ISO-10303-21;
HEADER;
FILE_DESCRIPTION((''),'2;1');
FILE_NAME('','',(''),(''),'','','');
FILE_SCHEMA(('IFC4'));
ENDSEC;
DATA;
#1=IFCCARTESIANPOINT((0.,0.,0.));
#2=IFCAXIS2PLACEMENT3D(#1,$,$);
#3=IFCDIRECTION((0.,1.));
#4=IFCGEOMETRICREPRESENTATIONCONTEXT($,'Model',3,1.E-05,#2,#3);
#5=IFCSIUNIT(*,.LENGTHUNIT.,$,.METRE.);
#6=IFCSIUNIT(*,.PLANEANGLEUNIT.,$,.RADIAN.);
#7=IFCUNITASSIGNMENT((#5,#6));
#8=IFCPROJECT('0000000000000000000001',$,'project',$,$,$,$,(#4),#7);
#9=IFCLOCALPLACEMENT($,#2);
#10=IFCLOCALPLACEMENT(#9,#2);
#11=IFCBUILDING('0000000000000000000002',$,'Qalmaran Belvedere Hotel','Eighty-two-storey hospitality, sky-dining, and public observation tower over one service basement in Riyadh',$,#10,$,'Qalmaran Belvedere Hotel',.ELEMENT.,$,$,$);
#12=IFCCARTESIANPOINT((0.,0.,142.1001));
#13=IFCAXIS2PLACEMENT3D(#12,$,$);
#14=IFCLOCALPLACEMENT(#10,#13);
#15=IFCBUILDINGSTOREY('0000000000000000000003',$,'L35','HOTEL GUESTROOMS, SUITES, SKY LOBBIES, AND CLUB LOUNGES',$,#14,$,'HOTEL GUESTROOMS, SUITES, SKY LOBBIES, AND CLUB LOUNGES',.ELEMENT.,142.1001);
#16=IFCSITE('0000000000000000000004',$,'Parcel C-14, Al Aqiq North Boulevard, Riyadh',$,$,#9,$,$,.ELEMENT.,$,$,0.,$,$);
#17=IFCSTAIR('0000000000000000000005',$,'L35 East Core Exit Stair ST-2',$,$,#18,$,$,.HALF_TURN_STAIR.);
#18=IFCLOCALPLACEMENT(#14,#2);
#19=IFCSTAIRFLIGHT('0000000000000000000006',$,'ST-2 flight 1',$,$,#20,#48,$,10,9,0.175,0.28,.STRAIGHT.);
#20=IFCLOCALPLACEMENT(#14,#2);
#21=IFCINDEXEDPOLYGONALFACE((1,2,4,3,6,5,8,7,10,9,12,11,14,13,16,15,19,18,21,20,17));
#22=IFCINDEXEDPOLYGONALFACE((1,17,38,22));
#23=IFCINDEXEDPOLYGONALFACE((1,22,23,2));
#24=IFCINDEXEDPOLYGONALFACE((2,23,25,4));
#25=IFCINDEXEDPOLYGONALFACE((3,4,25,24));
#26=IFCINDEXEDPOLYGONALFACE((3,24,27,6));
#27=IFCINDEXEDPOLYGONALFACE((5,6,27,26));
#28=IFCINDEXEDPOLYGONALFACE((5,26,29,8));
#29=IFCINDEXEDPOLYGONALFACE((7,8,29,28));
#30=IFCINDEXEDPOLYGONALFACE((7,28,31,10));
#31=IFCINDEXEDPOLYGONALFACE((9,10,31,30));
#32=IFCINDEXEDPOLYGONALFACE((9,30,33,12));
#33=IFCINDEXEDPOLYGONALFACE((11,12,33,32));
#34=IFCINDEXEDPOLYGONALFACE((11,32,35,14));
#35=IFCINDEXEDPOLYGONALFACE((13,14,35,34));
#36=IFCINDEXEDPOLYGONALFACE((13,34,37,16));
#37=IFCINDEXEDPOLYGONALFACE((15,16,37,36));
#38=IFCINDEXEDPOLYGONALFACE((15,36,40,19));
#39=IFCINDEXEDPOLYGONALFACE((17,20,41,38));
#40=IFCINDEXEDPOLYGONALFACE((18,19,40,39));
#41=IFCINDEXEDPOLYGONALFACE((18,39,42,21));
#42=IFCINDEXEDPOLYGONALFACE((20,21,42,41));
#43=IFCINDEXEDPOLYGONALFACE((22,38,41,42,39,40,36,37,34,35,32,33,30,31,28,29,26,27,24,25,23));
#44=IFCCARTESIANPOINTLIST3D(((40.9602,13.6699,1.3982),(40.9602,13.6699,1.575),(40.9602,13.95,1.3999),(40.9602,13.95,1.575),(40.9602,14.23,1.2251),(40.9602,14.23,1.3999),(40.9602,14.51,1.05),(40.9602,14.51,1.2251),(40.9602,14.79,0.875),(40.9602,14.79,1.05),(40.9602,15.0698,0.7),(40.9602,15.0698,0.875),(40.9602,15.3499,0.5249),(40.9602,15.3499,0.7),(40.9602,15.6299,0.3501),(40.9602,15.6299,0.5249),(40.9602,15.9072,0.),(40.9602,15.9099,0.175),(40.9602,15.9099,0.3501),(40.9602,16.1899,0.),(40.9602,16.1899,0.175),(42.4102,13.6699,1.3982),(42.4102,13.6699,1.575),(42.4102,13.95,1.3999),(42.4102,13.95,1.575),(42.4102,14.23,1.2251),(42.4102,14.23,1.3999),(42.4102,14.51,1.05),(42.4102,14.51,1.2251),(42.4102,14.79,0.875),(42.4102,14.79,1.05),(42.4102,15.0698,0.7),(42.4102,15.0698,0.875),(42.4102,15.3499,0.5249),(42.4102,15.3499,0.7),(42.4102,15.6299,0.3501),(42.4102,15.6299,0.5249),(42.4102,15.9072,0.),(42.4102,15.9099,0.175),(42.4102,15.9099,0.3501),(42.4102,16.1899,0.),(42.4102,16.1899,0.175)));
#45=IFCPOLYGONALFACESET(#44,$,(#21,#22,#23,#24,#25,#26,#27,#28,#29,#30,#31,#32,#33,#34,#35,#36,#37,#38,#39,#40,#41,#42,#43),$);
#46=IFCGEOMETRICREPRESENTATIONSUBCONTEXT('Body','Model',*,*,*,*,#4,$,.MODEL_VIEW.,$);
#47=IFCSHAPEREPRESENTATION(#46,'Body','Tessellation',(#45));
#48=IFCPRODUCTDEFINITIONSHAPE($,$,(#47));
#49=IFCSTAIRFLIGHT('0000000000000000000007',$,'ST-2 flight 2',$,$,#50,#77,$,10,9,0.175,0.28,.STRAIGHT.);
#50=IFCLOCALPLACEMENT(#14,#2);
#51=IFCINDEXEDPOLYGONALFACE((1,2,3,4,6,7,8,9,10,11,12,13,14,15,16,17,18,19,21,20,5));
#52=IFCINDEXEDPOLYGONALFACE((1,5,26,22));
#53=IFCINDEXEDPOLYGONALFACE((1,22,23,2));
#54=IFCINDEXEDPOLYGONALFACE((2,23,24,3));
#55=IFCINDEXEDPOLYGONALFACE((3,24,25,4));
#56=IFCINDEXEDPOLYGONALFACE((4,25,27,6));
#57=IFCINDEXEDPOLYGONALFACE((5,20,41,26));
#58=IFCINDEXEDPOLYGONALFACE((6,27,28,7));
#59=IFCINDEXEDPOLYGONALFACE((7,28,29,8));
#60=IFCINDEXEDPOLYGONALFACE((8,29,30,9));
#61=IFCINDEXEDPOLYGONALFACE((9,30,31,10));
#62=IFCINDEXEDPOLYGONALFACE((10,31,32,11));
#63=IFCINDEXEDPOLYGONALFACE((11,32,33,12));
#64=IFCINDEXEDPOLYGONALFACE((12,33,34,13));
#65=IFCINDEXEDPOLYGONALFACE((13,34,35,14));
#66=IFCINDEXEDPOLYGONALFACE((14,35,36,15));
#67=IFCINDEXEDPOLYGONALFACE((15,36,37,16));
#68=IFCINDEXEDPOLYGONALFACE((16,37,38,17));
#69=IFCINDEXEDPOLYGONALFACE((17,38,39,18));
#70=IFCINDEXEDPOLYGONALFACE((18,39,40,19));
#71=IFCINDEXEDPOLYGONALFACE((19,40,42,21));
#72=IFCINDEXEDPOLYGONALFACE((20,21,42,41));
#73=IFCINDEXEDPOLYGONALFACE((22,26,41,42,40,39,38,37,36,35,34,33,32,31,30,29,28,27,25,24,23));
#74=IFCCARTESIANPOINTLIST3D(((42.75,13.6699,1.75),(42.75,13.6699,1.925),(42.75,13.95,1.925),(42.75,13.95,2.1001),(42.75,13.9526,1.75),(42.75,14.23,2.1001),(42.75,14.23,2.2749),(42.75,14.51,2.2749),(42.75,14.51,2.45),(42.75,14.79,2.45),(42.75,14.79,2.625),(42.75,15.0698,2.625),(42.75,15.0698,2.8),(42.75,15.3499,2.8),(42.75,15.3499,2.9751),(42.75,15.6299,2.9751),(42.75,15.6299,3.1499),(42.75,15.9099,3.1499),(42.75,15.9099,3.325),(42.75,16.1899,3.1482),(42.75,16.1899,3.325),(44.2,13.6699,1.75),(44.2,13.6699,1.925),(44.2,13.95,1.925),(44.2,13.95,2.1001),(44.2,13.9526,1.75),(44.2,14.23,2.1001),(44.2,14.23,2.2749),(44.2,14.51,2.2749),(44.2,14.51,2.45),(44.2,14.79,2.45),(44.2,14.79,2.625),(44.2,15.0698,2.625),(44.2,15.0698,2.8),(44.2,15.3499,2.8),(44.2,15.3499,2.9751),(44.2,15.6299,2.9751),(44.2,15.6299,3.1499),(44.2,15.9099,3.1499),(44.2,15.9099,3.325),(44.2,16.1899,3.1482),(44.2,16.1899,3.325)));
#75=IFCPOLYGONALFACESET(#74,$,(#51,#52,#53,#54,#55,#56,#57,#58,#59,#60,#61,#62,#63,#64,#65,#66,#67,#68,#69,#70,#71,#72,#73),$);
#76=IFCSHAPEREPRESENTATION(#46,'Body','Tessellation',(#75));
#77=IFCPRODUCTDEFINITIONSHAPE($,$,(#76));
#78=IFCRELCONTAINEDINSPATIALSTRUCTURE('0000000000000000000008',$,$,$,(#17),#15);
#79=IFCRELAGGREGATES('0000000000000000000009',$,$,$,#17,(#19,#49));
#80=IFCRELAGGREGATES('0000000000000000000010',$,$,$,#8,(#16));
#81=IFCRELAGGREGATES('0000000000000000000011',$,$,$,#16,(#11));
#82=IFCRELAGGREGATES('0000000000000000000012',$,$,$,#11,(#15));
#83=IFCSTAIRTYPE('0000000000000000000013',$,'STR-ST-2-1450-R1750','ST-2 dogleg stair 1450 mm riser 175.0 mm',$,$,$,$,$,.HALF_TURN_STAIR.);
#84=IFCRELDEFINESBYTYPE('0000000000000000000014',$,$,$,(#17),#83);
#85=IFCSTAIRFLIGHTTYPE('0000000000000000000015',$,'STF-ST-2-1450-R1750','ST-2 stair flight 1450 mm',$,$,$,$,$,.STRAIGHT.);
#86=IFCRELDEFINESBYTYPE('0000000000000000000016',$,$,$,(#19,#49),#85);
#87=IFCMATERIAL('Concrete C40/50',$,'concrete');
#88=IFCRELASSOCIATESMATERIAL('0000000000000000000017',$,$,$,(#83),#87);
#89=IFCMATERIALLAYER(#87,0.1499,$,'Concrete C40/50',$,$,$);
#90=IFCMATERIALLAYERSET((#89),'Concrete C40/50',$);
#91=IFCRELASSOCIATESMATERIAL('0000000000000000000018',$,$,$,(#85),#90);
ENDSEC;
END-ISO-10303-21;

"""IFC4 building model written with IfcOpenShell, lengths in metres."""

from ifc_helpers import new_model, si_unit, direction, frame, origin, place, context, subcontext, project, spatial, polyline, outline, extrude, material, layer, layer_set, type_object, element, aggregate, save


model = new_model("IFC4")

# Units and contexts
model_context = context("Model", 3, precision=1e-05, world=origin(), true_north=direction((0.0, 1.0)))
body_context = subcontext(model_context, "Body", "Model", "MODEL_VIEW")
ifc_project = project(units=[si_unit("LENGTHUNIT", "METRE"), si_unit("PLANEANGLEUNIT", "RADIAN")], contexts=[model_context])

# Site, building, storey
site_placement = place(None, origin())
site = spatial("IfcSite", under=ifc_project, at=site_placement, Name="Parcel C-14, Al Aqiq North Boulevard, Riyadh", CompositionType="ELEMENT", RefElevation=0.0)
building_placement = place(site_placement, origin())
building = spatial("IfcBuilding", under=site, at=building_placement, Name="Qalmaran Belvedere Hotel", Description="Eighty-two-storey hospitality, sky-dining, and public observation tower over one service basement in Riyadh", LongName="Qalmaran Belvedere Hotel", CompositionType="ELEMENT")
storey_placement = place(building_placement, frame((0.0, 0.0, 142.1001)))
storey = spatial("IfcBuildingStorey", under=building, at=storey_placement, Name="L35", Description="HOTEL GUESTROOMS, SUITES, SKY LOBBIES, AND CLUB LOUNGES", LongName="HOTEL GUESTROOMS, SUITES, SKY LOBBIES, AND CLUB LOUNGES", CompositionType="ELEMENT", Elevation=142.1001)

# Stair, stair flights
ifc_material_1 = material(Name="Concrete C40/50", Category="concrete")
stair_type = type_object("IfcStairType", Name="STR-ST-2-1450-R1750", Description="ST-2 dogleg stair 1450 mm riser 175.0 mm", PredefinedType="HALF_TURN_STAIR", material=ifc_material_1)
stair_placement = place(storey_placement, origin())
stair = element("IfcStair", 1, at=stair_placement, inside=storey, type_object=stair_type, Name="L35 East Core Exit Stair ST-2", PredefinedType="HALF_TURN_STAIR")
ifc_layer_1 = layer(ifc_material_1, 0.1499, Name="Concrete C40/50")
ifc_layer_set_1 = layer_set([ifc_layer_1], Name="Concrete C40/50")
stair_flight_type = type_object("IfcStairFlightType", Name="STF-ST-2-1450-R1750", Description="ST-2 stair flight 1450 mm", PredefinedType="STRAIGHT", material=ifc_layer_set_1)
stair_flight_1_placement = place(storey_placement, frame((41.6851, 16.1899, 0.0), z_axis=(0.0, 0.0, 1.0), x_axis=(0.0, -1.0, 0.0)))
stair_flight_1 = element("IfcStairFlight", 2, at=stair_flight_1_placement, type_object=stair_flight_type, Name="ST-2 flight 1", NumberOfRisers=10, NumberOfTreads=9, PredefinedType="STRAIGHT", RiserHeight=0.175, TreadLength=0.28, context=body_context, shape_type="SweptSolid", body=[
    extrude(outline(polyline([(0.0, 0.0), (0.0, 0.175), (0.28, 0.175), (0.28, 0.3501), (0.5601, 0.3501), (0.5601, 0.5249), (0.8401, 0.5249), (0.8401, 0.7), (1.1201, 0.7), (1.1201, 0.875), (1.3999, 0.875), (1.3999, 1.05), (1.6799, 1.05), (1.6799, 1.2251), (1.96, 1.2251), (1.96, 1.3999), (2.24, 1.3999), (2.24, 1.575), (2.52, 1.575), (2.52, 1.75), (2.52, 1.3982), (0.2827, 0.0), (0.0, 0.0)])), frame((0.0, 0.7251, 0.0), z_axis=(0.0, -1.0, 0.0), x_axis=(1.0, 0.0, 0.0)), (0.0, 0.0, 1.0), 1.45),
])
stair_flight_2_placement = place(storey_placement, frame((43.4751, 13.6699, 1.75), z_axis=(0.0, 0.0, 1.0), x_axis=(0.0, 1.0, 0.0)))
stair_flight_2 = element("IfcStairFlight", 3, at=stair_flight_2_placement, type_object=stair_flight_type, Name="ST-2 flight 2", NumberOfRisers=10, NumberOfTreads=9, PredefinedType="STRAIGHT", RiserHeight=0.175, TreadLength=0.28, context=body_context, shape_type="SweptSolid", body=[
    extrude(outline(polyline([(0.0, 0.0), (0.0, 0.175), (0.28, 0.175), (0.28, 0.3501), (0.5601, 0.3501), (0.5601, 0.5249), (0.8401, 0.5249), (0.8401, 0.7), (1.1201, 0.7), (1.1201, 0.875), (1.3999, 0.875), (1.3999, 1.05), (1.6799, 1.05), (1.6799, 1.2251), (1.96, 1.2251), (1.96, 1.3999), (2.24, 1.3999), (2.24, 1.575), (2.52, 1.575), (2.52, 1.75), (2.52, 1.3982), (0.2827, 0.0), (0.0, 0.0)])), frame((0.0, 0.7251, 0.0), z_axis=(0.0, -1.0, 0.0), x_axis=(1.0, 0.0, 0.0)), (0.0, 0.0, 1.0), 1.45),
])
aggregate(stair, [stair_flight_1, stair_flight_2])

save(model, "model.ifc")
